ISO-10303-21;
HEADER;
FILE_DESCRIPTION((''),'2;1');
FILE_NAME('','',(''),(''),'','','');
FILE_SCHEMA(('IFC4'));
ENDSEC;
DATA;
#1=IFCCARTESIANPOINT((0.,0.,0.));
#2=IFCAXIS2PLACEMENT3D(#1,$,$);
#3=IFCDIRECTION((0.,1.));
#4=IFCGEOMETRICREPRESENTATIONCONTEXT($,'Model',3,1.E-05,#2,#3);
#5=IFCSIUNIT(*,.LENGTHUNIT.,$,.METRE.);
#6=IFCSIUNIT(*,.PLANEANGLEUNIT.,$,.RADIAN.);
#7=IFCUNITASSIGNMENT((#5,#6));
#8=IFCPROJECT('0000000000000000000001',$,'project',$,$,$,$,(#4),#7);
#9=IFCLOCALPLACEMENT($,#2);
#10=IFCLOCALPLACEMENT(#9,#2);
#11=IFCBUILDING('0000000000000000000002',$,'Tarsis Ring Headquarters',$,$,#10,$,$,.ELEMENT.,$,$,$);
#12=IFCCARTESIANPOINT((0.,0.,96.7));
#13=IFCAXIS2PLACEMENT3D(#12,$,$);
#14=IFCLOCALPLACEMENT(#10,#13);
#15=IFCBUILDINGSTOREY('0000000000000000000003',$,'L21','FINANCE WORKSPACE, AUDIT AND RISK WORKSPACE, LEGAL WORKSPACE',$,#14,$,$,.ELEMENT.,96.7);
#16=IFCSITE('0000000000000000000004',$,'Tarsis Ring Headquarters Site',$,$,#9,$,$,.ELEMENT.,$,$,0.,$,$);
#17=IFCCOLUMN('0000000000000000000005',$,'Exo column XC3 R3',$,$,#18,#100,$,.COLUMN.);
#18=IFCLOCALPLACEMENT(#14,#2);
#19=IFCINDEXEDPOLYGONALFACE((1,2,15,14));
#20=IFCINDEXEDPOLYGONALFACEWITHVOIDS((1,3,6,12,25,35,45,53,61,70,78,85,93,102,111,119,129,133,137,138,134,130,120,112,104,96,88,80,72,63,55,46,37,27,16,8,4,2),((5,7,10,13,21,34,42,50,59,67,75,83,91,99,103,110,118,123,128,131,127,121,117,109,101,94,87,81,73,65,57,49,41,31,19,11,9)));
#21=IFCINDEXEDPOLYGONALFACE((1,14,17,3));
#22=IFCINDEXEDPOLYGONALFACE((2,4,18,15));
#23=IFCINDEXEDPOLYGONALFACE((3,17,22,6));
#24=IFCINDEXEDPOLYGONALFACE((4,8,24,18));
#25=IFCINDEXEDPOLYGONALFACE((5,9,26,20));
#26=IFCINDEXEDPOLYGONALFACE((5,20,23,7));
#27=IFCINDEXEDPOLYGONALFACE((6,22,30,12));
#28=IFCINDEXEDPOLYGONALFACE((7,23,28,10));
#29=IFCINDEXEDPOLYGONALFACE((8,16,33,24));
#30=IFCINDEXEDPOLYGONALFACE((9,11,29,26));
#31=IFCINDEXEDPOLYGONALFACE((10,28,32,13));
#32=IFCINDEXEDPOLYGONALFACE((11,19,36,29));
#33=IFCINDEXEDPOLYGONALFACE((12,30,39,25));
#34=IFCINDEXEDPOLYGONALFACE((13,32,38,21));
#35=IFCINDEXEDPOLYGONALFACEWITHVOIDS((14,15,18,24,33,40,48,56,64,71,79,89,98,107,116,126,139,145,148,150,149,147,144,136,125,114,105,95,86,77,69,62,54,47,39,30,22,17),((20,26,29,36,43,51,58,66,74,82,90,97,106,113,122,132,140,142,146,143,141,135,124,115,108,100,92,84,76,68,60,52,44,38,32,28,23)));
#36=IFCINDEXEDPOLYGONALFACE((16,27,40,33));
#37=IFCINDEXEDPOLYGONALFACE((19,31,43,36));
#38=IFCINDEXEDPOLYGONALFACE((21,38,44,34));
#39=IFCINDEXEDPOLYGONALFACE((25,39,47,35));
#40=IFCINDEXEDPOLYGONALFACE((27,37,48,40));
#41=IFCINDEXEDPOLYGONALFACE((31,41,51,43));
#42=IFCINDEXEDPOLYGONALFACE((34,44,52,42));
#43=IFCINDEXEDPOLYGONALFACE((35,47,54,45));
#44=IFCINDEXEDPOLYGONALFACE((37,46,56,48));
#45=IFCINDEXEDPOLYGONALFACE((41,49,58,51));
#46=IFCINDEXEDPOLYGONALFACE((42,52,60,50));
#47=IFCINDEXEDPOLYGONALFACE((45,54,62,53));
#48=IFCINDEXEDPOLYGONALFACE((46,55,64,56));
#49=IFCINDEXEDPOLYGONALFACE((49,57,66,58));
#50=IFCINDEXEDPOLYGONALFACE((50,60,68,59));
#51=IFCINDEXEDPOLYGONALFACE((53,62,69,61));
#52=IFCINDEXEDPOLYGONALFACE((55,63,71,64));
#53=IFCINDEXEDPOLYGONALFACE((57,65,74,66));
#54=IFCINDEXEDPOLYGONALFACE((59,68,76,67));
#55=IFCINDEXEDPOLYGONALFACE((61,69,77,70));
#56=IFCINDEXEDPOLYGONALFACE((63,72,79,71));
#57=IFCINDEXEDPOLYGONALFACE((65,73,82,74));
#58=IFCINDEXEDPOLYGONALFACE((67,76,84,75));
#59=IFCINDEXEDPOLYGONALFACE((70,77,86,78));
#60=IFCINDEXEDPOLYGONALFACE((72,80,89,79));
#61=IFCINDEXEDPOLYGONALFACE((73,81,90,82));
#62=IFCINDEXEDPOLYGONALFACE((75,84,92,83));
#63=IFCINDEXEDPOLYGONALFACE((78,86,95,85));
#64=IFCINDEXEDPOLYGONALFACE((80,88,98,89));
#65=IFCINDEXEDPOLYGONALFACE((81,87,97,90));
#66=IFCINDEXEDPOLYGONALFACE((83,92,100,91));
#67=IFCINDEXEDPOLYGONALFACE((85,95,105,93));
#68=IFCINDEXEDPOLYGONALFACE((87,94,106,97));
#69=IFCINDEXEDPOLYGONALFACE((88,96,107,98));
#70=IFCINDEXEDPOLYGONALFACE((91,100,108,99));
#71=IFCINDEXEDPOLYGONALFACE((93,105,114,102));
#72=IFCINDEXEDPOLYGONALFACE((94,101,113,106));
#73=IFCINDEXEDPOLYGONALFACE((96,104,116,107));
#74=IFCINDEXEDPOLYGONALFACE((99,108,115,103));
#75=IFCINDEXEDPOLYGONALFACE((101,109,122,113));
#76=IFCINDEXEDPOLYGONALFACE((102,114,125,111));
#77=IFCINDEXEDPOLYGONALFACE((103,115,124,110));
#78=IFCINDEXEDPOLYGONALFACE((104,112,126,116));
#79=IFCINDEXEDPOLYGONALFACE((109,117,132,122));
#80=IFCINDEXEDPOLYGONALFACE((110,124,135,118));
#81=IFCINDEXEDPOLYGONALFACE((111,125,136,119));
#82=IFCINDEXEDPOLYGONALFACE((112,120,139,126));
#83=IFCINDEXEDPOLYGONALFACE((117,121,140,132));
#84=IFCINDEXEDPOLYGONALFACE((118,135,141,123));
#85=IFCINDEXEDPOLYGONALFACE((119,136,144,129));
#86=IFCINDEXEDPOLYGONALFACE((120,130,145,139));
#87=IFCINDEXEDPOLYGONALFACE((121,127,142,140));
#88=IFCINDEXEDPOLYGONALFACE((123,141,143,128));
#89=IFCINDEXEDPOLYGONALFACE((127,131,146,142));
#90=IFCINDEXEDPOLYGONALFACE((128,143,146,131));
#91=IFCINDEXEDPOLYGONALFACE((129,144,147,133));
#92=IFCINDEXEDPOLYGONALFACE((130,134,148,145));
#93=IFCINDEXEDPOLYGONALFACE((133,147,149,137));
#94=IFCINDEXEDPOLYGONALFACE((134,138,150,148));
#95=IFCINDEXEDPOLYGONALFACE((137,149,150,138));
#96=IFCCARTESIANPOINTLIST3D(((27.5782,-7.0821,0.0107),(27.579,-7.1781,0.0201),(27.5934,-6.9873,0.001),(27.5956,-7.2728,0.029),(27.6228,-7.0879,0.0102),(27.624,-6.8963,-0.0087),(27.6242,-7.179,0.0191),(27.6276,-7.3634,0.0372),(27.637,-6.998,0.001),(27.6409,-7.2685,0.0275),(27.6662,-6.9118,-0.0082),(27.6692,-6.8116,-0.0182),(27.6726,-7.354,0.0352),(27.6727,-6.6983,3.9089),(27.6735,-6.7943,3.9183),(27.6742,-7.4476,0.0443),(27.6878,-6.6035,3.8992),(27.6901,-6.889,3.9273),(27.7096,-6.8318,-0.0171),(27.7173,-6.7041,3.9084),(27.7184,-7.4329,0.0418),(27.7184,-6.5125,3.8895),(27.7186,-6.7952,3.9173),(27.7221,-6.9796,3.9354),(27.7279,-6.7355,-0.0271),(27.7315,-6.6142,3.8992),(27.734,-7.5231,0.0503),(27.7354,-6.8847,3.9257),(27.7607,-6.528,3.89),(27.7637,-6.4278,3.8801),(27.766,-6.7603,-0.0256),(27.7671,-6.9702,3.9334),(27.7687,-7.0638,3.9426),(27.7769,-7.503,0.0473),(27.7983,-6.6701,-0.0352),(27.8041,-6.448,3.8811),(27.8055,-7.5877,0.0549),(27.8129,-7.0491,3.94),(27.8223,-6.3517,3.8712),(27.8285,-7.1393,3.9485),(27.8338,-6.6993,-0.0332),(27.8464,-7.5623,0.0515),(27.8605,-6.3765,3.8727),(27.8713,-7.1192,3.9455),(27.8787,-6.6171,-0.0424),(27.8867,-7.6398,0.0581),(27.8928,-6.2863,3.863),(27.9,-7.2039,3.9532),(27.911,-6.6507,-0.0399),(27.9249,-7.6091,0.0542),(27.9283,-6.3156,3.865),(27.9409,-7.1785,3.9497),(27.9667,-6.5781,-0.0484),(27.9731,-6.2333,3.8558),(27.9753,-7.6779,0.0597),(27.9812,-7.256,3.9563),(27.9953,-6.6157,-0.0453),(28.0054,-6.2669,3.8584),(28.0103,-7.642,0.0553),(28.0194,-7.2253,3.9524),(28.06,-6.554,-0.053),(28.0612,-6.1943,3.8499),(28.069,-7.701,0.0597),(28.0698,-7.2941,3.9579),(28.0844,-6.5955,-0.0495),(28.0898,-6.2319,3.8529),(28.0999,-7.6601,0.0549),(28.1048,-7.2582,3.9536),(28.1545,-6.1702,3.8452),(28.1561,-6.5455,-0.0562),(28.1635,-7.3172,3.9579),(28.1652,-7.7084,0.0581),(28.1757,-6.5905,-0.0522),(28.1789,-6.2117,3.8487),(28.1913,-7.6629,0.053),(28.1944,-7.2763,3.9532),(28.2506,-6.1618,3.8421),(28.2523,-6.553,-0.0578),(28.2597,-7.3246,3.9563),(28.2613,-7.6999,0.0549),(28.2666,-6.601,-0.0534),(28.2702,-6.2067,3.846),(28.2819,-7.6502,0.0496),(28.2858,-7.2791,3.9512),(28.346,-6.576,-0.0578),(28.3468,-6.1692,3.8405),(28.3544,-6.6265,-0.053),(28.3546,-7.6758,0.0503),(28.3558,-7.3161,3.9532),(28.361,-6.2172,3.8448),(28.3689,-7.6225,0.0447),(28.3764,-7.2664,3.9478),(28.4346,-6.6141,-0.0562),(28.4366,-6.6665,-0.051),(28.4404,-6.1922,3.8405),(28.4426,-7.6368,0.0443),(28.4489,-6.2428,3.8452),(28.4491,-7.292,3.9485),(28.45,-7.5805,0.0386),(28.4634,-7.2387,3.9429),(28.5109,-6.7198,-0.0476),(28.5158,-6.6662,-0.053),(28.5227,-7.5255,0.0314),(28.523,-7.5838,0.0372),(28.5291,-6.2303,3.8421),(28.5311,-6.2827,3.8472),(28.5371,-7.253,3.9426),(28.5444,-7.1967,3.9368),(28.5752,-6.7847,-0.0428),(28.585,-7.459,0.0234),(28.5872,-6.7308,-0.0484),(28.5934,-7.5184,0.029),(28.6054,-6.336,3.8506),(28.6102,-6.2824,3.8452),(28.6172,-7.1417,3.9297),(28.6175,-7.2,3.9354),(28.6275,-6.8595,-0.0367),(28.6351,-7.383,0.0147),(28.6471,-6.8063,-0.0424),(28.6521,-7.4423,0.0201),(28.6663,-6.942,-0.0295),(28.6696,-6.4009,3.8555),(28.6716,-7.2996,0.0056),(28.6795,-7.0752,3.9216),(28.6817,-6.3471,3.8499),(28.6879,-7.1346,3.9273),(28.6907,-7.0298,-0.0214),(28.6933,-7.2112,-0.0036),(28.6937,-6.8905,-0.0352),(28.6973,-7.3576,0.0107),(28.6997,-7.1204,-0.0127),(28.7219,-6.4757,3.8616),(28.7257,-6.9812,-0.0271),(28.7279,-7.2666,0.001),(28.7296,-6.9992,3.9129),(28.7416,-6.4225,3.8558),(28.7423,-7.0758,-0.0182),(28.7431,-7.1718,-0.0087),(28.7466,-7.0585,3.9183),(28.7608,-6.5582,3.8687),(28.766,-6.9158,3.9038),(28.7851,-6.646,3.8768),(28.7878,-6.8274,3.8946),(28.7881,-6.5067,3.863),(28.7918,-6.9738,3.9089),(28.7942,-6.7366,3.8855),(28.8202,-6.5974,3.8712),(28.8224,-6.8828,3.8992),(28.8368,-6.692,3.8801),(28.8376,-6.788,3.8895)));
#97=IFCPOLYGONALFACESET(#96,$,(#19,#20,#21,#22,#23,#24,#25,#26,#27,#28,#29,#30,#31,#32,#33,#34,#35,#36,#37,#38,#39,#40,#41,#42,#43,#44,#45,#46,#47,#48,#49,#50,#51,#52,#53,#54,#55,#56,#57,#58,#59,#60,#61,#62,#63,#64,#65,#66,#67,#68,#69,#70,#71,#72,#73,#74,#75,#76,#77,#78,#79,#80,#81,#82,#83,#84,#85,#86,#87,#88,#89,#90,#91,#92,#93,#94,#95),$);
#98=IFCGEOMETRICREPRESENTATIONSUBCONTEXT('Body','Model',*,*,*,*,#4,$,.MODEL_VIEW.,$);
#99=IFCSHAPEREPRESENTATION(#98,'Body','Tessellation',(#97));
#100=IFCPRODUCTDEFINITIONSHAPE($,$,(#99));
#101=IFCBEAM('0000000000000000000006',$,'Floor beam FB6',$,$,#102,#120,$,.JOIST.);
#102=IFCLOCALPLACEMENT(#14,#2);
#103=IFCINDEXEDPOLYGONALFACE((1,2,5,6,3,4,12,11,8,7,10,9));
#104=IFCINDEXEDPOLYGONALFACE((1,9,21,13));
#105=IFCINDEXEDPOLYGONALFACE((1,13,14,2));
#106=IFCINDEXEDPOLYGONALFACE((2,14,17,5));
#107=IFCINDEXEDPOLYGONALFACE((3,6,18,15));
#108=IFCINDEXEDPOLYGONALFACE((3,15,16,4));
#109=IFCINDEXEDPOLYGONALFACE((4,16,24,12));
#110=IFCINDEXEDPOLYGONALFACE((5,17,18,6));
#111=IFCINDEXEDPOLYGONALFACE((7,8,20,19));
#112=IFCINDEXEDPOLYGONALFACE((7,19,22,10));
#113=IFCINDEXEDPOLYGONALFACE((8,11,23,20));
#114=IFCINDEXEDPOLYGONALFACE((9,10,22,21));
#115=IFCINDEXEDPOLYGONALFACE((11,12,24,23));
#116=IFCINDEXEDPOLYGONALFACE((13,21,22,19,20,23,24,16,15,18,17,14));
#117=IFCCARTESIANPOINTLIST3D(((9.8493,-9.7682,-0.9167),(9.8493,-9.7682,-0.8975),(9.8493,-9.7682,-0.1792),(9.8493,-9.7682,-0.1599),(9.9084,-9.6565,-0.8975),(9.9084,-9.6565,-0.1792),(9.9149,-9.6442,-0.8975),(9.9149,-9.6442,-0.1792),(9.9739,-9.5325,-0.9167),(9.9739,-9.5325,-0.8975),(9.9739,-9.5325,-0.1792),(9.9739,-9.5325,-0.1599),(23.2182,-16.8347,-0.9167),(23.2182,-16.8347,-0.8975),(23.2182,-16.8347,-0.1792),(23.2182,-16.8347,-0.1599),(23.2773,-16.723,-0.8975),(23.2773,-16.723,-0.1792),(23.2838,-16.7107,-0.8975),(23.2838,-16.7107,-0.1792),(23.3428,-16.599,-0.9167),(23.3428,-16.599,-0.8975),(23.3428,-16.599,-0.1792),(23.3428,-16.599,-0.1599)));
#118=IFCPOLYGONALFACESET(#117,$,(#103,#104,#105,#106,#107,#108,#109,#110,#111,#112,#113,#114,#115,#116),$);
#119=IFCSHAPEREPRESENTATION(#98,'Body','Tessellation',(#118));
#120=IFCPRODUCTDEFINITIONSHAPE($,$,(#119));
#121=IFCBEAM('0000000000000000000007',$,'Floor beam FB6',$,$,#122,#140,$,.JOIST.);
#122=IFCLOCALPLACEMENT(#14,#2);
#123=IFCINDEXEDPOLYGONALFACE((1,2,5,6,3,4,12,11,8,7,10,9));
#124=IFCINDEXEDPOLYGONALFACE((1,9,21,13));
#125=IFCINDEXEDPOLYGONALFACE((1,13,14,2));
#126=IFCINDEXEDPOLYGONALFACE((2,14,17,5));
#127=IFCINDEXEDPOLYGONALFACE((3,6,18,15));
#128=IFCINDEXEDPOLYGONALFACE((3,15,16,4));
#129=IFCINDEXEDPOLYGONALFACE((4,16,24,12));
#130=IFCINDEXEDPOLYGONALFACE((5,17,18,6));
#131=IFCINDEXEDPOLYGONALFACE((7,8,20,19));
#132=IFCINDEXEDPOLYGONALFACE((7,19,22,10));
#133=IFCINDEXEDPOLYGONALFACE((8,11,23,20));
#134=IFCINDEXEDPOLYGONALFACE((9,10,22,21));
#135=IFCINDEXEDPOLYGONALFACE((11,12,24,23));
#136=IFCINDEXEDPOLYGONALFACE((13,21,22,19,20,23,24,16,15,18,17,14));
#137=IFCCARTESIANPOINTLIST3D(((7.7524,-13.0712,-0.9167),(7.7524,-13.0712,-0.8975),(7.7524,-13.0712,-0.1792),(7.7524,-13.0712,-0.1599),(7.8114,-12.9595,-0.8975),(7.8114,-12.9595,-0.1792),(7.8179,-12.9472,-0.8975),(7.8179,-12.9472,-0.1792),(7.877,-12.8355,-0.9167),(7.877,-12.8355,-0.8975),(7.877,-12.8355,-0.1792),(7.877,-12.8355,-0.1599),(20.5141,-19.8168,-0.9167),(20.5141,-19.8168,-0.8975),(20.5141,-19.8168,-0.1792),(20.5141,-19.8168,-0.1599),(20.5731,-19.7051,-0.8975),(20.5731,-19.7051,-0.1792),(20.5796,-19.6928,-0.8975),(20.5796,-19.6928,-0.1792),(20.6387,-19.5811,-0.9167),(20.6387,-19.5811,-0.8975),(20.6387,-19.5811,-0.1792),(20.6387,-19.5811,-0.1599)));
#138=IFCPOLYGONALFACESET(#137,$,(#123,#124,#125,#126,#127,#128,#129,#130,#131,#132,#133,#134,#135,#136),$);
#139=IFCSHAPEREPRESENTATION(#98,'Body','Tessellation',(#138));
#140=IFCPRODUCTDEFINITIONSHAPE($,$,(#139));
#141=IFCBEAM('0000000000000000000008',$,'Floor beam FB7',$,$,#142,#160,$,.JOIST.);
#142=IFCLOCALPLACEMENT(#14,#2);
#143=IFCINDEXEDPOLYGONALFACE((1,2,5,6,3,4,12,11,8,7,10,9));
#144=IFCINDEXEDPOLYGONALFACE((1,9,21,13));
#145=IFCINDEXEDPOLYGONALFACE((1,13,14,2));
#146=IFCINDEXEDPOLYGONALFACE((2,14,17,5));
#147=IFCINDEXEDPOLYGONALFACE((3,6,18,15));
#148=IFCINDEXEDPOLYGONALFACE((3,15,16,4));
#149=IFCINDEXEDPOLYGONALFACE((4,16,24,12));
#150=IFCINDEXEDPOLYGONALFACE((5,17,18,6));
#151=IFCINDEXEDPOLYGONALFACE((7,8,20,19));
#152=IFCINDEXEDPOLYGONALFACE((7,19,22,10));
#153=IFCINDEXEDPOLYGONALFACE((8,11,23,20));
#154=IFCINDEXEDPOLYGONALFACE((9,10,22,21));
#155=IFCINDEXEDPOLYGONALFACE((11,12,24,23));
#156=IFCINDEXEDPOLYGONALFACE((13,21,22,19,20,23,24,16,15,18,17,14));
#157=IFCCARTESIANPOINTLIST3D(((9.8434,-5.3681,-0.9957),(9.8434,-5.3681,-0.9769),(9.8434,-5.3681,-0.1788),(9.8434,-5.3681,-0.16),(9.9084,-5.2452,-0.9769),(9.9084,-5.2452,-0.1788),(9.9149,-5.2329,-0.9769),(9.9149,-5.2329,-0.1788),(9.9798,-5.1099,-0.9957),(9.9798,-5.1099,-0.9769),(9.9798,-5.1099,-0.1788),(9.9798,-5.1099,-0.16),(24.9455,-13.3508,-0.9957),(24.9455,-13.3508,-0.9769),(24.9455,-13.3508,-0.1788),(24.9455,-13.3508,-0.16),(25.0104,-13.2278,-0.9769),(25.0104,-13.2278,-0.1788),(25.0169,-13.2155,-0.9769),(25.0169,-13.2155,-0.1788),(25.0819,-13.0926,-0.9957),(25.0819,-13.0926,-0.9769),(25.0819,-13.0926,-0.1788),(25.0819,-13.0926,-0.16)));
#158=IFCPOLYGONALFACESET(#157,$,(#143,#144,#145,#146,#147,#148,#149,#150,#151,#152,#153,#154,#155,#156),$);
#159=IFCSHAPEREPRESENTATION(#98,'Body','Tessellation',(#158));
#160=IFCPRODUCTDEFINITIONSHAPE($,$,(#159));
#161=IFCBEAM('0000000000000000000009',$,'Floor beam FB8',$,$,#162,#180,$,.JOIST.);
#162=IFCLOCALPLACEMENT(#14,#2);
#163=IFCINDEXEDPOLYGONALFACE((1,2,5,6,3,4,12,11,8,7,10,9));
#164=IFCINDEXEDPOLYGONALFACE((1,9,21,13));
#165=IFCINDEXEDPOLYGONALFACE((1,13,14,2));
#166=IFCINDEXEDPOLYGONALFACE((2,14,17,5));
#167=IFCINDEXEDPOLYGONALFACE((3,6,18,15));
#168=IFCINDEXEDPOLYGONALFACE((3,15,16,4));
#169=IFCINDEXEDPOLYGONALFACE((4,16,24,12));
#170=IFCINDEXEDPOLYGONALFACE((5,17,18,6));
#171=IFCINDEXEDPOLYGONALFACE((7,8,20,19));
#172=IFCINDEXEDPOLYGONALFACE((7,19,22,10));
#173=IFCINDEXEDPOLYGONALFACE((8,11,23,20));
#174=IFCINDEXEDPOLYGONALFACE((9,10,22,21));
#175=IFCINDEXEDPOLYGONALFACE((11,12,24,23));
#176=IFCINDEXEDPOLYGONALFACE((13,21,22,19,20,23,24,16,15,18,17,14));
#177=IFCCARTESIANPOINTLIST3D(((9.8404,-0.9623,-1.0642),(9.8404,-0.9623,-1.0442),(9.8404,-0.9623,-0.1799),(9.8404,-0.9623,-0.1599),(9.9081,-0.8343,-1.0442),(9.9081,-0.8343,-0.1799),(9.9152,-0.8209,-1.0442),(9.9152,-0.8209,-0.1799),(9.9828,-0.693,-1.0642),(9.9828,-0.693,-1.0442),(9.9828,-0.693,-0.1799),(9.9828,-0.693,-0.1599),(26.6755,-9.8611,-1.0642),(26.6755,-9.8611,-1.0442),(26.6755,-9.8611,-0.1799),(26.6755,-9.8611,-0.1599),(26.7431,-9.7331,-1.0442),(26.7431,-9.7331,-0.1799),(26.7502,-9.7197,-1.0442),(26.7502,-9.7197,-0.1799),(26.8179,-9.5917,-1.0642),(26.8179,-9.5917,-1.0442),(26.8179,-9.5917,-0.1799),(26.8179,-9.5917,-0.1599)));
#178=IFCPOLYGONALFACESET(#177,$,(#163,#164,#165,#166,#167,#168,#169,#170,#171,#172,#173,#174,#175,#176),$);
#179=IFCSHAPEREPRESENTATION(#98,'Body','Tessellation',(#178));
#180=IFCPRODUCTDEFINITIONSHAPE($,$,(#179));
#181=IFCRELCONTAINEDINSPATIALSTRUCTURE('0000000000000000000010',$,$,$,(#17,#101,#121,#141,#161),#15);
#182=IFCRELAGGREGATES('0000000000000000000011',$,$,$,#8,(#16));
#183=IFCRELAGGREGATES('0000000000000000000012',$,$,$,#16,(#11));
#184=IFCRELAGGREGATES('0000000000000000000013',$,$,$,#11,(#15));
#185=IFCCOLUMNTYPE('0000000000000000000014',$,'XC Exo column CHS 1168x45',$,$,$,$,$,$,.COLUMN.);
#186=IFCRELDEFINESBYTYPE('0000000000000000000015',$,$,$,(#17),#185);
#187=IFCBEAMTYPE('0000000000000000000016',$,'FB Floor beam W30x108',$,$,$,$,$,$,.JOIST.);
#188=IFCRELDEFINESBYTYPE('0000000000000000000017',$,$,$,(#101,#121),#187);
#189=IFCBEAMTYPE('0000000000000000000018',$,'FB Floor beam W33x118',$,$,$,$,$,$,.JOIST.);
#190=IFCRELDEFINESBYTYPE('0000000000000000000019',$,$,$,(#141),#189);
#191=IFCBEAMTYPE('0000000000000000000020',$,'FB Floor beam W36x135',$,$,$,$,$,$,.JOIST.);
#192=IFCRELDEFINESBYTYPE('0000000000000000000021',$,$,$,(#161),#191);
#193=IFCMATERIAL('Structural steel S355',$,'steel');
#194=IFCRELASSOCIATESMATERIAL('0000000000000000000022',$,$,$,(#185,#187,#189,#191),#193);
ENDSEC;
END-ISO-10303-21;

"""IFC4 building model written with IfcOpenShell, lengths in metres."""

from ifc_helpers import new_model, si_unit, direction, frame, origin, origin_2d, place, context, subcontext, project, spatial, hollow_circle, i_section, extrude, material, material_profile, profile_set, type_object, element, save


model = new_model("IFC4")

# Units and contexts
model_context = context("Model", 3, precision=1e-05, world=origin(), true_north=direction((0.0, 1.0)))
body_context = subcontext(model_context, "Body", "Model", "MODEL_VIEW")
ifc_project = project(units=[si_unit("LENGTHUNIT", "METRE"), si_unit("PLANEANGLEUNIT", "RADIAN")], contexts=[model_context])

# Site, building, storey
site_placement = place(None, origin())
site = spatial("IfcSite", under=ifc_project, at=site_placement, Name="Tarsis Ring Headquarters Site", CompositionType="ELEMENT", RefElevation=0.0)
building_placement = place(site_placement, origin())
building = spatial("IfcBuilding", under=site, at=building_placement, Name="Tarsis Ring Headquarters", CompositionType="ELEMENT")
storey_placement = place(building_placement, frame((0.0, 0.0, 96.7)))
storey = spatial("IfcBuildingStorey", under=building, at=storey_placement, Name="L21", Description="FINANCE WORKSPACE, AUDIT AND RISK WORKSPACE, LEGAL WORKSPACE", CompositionType="ELEMENT", Elevation=96.7)

# Column
ifc_material_1 = material(Name="Structural steel S355", Category="steel")
ifc_material_profile_1 = material_profile(ifc_material_1, hollow_circle(Radius=0.5842, WallThickness=0.0449, at=origin_2d()), Name="CHS 1168x45")
ifc_profile_set_1 = profile_set([ifc_material_profile_1], Name="Structural steel S355")
column_type = type_object("IfcColumnType", Name="XC Exo column CHS 1168x45", PredefinedType="COLUMN", material=ifc_profile_set_1)
column_placement = place(storey_placement, frame((28.1606, -7.127, 0.001), z_axis=(0.024114, 0.097951, 0.994899), x_axis=(-0.971008, 0.239046, 0.0)))
element("IfcColumn", 1, at=column_placement, inside=storey, type_object=column_type, Name="Exo column XC3 R3", PredefinedType="COLUMN", context=body_context, shape_type="SweptSolid", body=[
    extrude(hollow_circle(Radius=0.5842, WallThickness=0.0449, at=origin_2d()), origin(), (0.0, 0.0, 1.0), 3.9182),
])

# Beams
ifc_material_profile_2 = material_profile(ifc_material_1, i_section(OverallWidth=0.2666, OverallDepth=0.7568, WebThickness=0.0139, FlangeThickness=0.0193, at=origin_2d()), Name="W30x108")
ifc_profile_set_2 = profile_set([ifc_material_profile_2], Name="Structural steel S355")
beam_type_1 = type_object("IfcBeamType", Name="FB Floor beam W30x108", PredefinedType="JOIST", material=ifc_profile_set_2)
beam_1_placement = place(storey_placement, frame((9.9116, -9.6504, -0.5383), z_axis=(0.884095, -0.467307, 0.0), x_axis=(0.467307, 0.884095, 0.0)))
element("IfcBeam", 2, at=beam_1_placement, inside=storey, type_object=beam_type_1, Name="Floor beam FB6", PredefinedType="JOIST", context=body_context, shape_type="SweptSolid", body=[
    extrude(i_section(OverallWidth=0.2666, OverallDepth=0.7568, WebThickness=0.0139, FlangeThickness=0.0193, at=origin_2d()), origin(), (0.0, 0.0, 1.0), 15.1216),
])
beam_2_placement = place(storey_placement, frame((7.8147, -12.9534, -0.5383), z_axis=(0.884091, -0.467314, 0.0), x_axis=(0.467314, 0.884091, 0.0)))
element("IfcBeam", 3, at=beam_2_placement, inside=storey, type_object=beam_type_1, Name="Floor beam FB6", PredefinedType="JOIST", context=body_context, shape_type="SweptSolid", body=[
    extrude(i_section(OverallWidth=0.2666, OverallDepth=0.7568, WebThickness=0.0139, FlangeThickness=0.0193, at=origin_2d()), origin(), (0.0, 0.0, 1.0), 14.4348),
])
ifc_material_profile_3 = material_profile(ifc_material_1, i_section(OverallWidth=0.292, OverallDepth=0.8357, WebThickness=0.0139, FlangeThickness=0.0188, at=origin_2d()), Name="W33x118")
ifc_profile_set_3 = profile_set([ifc_material_profile_3], Name="Structural steel S355")
beam_type_2 = type_object("IfcBeamType", Name="FB Floor beam W33x118", PredefinedType="JOIST", material=ifc_profile_set_3)
beam_3_placement = place(storey_placement, frame((9.9116, -5.239, -0.5779), z_axis=(0.884091, -0.467314, 0.0), x_axis=(0.467314, 0.884091, 0.0)))
element("IfcBeam", 4, at=beam_3_placement, inside=storey, type_object=beam_type_2, Name="Floor beam FB7", PredefinedType="JOIST", context=body_context, shape_type="SweptSolid", body=[
    extrude(i_section(OverallWidth=0.292, OverallDepth=0.8357, WebThickness=0.0139, FlangeThickness=0.0188, at=origin_2d()), origin(), (0.0, 0.0, 1.0), 17.082),
])
ifc_material_profile_4 = material_profile(ifc_material_1, i_section(OverallWidth=0.3047, OverallDepth=0.9043, WebThickness=0.0151, FlangeThickness=0.02, at=origin_2d()), Name="W36x135")
ifc_profile_set_4 = profile_set([ifc_material_profile_4], Name="Structural steel S355")
beam_type_3 = type_object("IfcBeamType", Name="FB Floor beam W36x135", PredefinedType="JOIST", material=ifc_profile_set_4)
beam_4_placement = place(storey_placement, frame((9.9116, -0.8276, -0.6121), z_axis=(0.884091, -0.467316, 0.0), x_axis=(0.467316, 0.884091, 0.0)))
element("IfcBeam", 5, at=beam_4_placement, inside=storey, type_object=beam_type_3, Name="Floor beam FB8", PredefinedType="JOIST", context=body_context, shape_type="SweptSolid", body=[
    extrude(i_section(OverallWidth=0.3047, OverallDepth=0.9043, WebThickness=0.0151, FlangeThickness=0.02, at=origin_2d()), origin(), (0.0, 0.0, 1.0), 19.0422),
])

save(model, "model.ifc")
